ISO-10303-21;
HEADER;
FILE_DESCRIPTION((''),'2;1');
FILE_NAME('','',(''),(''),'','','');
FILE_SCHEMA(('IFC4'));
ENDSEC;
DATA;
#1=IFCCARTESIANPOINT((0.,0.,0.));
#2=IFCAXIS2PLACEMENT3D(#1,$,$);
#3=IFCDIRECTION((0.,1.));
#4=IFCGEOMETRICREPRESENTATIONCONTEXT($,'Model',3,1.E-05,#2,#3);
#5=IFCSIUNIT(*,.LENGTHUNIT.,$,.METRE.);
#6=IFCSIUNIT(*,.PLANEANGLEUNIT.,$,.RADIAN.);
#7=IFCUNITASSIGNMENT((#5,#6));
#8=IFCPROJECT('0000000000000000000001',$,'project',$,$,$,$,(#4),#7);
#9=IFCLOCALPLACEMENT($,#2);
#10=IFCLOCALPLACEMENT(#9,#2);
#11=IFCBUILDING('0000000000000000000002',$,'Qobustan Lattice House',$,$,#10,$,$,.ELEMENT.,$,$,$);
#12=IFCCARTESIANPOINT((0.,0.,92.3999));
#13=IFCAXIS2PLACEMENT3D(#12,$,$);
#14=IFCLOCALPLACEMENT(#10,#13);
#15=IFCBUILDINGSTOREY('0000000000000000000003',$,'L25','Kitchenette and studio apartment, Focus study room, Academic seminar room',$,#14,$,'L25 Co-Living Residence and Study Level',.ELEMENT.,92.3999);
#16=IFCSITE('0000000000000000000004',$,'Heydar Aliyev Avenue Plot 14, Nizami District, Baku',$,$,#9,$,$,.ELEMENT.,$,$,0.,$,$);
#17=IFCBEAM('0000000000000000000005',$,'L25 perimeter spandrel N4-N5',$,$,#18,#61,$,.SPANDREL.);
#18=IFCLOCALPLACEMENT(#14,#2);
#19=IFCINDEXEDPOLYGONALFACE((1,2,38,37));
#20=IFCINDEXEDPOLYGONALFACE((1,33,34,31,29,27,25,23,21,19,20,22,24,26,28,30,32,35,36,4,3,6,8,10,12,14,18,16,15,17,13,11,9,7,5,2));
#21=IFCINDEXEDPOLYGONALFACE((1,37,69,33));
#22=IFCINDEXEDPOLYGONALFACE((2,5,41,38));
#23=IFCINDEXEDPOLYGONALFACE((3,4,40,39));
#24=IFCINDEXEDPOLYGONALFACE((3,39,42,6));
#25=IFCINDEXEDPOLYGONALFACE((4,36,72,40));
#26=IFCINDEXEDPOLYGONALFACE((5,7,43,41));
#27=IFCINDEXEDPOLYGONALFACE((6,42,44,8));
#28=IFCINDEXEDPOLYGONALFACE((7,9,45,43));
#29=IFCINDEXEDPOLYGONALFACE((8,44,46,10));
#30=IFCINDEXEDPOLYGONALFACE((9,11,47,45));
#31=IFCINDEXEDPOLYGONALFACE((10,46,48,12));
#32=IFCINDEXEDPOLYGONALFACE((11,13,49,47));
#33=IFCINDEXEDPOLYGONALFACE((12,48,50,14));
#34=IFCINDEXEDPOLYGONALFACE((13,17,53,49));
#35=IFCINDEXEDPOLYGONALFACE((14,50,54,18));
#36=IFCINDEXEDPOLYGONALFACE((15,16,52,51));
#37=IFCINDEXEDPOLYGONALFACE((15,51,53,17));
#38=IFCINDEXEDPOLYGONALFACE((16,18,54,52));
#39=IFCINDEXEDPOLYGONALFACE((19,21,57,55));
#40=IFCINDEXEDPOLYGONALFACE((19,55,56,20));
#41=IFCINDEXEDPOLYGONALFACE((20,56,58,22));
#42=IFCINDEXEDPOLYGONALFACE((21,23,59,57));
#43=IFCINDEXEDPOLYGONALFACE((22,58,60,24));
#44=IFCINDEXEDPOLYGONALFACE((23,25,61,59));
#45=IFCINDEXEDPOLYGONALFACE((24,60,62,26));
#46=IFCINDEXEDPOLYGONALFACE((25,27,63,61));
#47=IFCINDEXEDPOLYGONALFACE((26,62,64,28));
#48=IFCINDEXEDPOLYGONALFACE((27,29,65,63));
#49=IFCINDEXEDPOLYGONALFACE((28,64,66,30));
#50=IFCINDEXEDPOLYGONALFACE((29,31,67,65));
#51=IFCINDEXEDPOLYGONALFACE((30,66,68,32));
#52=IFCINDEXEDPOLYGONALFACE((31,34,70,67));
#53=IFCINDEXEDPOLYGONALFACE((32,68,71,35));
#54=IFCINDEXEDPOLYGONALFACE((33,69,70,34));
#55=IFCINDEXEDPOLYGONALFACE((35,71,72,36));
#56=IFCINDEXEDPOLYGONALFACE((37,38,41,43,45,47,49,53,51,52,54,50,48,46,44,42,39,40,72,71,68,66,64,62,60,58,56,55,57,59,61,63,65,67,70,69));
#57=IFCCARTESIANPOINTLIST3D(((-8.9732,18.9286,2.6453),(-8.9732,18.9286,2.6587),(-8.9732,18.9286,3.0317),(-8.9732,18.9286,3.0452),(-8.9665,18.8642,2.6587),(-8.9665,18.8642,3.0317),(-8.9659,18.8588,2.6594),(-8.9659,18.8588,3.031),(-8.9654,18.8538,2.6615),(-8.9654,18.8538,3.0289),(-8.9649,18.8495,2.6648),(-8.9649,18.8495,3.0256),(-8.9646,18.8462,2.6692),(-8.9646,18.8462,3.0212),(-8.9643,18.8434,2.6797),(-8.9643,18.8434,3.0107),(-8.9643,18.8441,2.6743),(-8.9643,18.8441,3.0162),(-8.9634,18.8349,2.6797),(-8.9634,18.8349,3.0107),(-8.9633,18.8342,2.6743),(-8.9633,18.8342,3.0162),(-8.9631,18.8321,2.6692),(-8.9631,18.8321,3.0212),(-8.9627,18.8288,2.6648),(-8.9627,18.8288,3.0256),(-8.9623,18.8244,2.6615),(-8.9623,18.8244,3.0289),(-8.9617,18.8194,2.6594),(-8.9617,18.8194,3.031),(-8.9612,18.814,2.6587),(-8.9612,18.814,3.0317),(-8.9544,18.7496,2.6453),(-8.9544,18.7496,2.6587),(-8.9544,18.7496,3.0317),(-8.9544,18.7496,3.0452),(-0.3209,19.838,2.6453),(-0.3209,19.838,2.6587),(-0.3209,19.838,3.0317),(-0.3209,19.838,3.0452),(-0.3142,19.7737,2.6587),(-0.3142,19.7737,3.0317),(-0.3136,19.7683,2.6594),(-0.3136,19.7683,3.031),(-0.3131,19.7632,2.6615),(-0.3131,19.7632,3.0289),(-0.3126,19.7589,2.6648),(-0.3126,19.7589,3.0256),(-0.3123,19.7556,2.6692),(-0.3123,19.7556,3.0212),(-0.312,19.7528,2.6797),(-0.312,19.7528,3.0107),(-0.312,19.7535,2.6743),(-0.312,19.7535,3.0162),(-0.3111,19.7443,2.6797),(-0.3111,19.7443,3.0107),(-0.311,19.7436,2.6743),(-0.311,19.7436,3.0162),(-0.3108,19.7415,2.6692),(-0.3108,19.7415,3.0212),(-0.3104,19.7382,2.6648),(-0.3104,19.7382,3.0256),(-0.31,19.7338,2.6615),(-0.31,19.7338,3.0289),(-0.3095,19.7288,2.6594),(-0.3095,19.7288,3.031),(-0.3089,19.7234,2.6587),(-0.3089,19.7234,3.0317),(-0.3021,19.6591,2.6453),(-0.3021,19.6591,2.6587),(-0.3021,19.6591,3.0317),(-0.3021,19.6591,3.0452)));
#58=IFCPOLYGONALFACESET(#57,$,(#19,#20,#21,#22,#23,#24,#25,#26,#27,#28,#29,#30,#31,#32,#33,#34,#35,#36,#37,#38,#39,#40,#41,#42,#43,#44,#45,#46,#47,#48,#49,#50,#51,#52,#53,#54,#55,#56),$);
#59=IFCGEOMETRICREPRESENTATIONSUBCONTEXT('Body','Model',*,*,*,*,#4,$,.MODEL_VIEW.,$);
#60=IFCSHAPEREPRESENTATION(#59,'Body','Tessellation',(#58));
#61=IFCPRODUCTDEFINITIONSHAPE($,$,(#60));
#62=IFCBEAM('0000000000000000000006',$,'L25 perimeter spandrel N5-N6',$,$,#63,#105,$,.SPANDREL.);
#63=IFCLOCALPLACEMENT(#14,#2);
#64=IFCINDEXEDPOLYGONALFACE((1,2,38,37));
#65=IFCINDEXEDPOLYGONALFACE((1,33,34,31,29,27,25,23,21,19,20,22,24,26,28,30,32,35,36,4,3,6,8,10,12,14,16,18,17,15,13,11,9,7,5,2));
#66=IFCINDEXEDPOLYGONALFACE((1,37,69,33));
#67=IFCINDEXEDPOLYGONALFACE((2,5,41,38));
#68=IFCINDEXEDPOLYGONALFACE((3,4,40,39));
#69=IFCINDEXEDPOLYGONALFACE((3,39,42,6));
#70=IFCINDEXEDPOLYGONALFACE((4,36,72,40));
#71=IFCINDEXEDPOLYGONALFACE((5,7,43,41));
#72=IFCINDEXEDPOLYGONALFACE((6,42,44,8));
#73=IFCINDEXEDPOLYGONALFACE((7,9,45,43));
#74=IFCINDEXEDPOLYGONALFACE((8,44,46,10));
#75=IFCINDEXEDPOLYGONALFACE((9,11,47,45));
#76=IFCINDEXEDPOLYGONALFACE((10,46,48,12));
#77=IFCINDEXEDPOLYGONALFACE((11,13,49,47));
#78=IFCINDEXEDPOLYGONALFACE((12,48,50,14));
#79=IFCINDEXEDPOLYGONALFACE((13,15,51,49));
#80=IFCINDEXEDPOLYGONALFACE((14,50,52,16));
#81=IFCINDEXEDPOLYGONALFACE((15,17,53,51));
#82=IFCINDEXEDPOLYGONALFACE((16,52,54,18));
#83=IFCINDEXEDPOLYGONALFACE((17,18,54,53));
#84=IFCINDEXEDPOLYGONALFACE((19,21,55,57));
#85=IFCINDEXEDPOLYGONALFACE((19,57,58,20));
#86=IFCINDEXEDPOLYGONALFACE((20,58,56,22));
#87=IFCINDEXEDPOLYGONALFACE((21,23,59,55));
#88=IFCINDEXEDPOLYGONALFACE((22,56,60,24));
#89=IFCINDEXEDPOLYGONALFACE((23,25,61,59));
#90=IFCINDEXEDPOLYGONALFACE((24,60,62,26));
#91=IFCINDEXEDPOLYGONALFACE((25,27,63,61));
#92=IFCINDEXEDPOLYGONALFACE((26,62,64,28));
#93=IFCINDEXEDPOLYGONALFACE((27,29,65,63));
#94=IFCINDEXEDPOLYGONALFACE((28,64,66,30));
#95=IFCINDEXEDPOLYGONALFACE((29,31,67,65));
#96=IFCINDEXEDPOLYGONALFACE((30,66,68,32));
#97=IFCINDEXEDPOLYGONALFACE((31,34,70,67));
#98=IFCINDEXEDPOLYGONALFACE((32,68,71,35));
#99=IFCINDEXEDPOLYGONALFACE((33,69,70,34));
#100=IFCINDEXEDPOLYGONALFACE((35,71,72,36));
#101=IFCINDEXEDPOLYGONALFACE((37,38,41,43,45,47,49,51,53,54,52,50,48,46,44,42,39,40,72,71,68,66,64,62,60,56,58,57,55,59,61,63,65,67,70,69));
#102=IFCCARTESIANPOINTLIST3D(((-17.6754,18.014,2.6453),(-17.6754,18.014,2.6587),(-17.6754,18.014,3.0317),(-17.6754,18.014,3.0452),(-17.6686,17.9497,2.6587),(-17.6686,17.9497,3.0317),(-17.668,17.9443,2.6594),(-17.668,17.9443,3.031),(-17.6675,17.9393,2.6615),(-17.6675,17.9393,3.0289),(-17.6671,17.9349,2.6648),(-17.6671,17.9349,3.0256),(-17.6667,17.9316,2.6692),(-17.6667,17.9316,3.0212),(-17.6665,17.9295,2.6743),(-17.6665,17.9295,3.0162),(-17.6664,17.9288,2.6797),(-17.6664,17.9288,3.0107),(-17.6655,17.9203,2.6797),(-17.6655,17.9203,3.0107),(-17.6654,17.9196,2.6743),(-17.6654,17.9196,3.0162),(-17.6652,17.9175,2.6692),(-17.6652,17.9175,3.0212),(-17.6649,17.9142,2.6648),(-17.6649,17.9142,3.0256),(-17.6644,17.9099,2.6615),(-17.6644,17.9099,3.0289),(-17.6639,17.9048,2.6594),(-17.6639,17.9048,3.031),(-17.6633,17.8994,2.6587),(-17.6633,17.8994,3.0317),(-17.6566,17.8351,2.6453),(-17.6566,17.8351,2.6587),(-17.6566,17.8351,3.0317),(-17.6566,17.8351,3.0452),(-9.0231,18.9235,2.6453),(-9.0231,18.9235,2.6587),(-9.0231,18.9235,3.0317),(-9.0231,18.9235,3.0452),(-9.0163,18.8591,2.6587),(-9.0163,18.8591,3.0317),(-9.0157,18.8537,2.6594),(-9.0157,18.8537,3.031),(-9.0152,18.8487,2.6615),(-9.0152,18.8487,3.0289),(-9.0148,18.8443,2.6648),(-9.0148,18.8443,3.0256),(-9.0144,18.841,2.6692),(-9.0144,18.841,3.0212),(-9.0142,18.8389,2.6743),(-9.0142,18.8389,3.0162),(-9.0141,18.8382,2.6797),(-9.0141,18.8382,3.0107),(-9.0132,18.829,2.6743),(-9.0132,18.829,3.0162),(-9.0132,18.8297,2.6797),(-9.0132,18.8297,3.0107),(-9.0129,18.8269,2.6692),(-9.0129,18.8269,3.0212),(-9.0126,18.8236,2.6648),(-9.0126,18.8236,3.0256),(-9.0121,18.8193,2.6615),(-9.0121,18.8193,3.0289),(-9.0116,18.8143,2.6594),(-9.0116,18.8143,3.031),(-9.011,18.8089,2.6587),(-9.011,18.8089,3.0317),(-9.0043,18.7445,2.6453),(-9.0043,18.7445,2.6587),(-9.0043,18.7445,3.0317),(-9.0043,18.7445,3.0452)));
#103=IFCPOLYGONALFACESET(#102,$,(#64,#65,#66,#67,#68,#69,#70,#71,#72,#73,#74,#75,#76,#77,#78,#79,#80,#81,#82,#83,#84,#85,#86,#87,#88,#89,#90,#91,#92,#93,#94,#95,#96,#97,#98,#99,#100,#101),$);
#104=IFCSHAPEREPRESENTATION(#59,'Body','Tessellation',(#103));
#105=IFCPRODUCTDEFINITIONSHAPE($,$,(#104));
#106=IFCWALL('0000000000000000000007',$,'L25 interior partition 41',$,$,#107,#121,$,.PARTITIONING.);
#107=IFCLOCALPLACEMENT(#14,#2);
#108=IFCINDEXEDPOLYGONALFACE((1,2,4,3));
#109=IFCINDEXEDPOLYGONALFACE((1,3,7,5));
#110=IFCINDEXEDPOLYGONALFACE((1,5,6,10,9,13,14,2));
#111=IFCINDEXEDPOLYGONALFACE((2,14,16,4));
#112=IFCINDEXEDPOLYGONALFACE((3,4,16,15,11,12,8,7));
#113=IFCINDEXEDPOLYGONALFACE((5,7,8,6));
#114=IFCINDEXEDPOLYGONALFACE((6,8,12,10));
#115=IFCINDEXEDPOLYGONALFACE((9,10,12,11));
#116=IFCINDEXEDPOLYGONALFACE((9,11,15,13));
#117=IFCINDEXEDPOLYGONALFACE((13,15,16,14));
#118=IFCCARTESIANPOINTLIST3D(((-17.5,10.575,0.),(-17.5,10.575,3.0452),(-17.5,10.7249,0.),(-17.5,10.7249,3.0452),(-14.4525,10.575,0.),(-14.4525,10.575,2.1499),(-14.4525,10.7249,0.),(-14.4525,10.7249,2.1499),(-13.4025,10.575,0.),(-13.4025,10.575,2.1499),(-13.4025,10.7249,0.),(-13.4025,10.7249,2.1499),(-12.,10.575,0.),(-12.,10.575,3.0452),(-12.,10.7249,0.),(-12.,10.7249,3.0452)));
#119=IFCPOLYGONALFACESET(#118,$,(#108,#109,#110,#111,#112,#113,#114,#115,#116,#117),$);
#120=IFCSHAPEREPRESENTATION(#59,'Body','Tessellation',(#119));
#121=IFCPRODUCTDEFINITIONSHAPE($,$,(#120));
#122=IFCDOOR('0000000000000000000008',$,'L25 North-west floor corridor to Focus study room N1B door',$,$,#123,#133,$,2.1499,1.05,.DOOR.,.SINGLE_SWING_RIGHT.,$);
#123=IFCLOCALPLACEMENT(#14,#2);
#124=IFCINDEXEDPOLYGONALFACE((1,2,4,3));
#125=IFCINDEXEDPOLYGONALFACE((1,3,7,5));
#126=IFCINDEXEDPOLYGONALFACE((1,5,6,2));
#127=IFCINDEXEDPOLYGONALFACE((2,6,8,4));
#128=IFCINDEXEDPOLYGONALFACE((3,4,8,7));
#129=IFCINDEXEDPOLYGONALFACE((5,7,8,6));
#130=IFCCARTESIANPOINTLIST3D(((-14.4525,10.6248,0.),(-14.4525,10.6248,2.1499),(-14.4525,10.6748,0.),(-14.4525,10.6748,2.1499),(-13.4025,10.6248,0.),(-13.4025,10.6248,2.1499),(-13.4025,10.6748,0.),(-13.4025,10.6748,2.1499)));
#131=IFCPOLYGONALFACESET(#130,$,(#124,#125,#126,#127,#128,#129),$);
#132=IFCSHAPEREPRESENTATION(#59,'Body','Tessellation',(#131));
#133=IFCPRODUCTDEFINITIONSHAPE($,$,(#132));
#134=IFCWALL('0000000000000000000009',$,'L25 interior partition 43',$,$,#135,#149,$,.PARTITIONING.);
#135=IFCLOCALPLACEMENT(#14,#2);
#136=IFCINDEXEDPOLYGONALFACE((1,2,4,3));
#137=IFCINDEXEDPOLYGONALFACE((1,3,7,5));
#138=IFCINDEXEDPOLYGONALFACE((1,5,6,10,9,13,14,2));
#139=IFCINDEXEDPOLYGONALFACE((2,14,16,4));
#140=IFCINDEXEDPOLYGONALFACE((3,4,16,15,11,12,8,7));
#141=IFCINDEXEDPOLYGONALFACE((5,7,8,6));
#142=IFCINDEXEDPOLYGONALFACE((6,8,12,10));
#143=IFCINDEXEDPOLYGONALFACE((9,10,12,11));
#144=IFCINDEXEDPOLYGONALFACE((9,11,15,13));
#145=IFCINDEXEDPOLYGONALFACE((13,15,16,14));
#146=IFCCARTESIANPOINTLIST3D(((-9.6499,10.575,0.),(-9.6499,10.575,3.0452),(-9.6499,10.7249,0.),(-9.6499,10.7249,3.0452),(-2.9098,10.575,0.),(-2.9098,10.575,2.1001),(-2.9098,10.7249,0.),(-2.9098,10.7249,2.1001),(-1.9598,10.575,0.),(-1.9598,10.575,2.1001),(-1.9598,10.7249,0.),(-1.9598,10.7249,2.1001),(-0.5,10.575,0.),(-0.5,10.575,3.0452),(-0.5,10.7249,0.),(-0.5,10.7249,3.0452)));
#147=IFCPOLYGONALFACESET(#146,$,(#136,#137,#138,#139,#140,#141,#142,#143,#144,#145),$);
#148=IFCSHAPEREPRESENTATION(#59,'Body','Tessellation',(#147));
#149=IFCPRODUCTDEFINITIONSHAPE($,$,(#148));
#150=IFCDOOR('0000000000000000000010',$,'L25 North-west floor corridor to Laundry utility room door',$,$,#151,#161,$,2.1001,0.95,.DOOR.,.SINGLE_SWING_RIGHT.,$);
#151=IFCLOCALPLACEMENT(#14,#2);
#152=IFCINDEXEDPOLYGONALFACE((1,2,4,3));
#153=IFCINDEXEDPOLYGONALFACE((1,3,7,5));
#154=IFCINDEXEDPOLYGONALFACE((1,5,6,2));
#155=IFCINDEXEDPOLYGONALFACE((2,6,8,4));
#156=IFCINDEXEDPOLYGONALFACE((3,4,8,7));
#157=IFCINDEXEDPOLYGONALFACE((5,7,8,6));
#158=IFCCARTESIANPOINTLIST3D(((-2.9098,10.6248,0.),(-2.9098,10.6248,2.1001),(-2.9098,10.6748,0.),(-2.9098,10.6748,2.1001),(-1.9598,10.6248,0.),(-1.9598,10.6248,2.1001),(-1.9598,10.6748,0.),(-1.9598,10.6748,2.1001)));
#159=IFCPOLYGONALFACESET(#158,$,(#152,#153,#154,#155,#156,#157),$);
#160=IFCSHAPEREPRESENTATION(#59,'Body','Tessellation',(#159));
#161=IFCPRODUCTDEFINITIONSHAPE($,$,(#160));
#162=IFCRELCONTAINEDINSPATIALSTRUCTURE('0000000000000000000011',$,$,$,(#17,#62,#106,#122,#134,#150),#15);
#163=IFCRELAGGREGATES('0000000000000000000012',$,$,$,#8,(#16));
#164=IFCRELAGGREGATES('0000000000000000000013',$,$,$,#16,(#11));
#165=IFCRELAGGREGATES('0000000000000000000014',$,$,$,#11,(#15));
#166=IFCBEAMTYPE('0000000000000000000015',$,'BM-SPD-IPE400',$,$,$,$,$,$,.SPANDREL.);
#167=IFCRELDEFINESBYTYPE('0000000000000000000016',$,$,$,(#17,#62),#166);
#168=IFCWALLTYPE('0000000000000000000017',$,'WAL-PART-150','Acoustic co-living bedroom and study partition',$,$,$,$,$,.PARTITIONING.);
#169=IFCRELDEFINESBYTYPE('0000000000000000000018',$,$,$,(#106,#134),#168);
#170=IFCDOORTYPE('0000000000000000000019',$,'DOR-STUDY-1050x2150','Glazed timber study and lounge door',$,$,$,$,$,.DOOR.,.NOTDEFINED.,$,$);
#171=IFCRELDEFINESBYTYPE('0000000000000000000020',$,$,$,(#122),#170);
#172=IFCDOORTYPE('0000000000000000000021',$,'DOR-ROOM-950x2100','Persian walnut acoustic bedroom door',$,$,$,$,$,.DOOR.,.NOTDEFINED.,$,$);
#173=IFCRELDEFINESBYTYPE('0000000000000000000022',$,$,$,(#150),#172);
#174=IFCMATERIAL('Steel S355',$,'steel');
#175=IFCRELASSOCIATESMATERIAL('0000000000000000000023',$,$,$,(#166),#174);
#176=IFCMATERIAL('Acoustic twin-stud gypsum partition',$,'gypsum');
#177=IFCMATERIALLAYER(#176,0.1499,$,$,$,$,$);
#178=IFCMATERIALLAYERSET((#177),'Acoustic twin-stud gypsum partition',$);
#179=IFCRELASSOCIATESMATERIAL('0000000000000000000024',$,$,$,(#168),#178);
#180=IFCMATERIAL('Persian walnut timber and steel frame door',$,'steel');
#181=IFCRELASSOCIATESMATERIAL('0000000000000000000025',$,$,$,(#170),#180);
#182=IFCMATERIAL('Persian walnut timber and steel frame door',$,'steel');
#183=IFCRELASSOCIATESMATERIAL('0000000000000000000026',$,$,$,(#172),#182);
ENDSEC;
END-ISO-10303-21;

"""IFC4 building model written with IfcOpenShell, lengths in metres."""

from ifc_helpers import new_model, si_unit, direction, frame, frame_2d, origin, origin_2d, place, context, subcontext, project, spatial, rectangle, i_section, extrude, material, layer, layer_set, material_profile, profile_set, type_object, element, fill, save


model = new_model("IFC4")

# Units and contexts
model_context = context("Model", 3, precision=1e-05, world=origin(), true_north=direction((0.0, 1.0)))
body_context = subcontext(model_context, "Body", "Model", "MODEL_VIEW")
ifc_project = project(units=[si_unit("LENGTHUNIT", "METRE"), si_unit("PLANEANGLEUNIT", "RADIAN")], contexts=[model_context])

# Site, building, storey
site_placement = place(None, origin())
site = spatial("IfcSite", under=ifc_project, at=site_placement, Name="Heydar Aliyev Avenue Plot 14, Nizami District, Baku", CompositionType="ELEMENT", RefElevation=0.0)
building_placement = place(site_placement, origin())
building = spatial("IfcBuilding", under=site, at=building_placement, Name="Qobustan Lattice House", CompositionType="ELEMENT")
storey_placement = place(building_placement, frame((0.0, 0.0, 92.3999)))
storey = spatial("IfcBuildingStorey", under=building, at=storey_placement, Name="L25", Description="Kitchenette and studio apartment, Focus study room, Academic seminar room", LongName="L25 Co-Living Residence and Study Level", CompositionType="ELEMENT", Elevation=92.3999)

# Beams
ifc_material_1 = material(Name="Steel S355", Category="steel")
ifc_material_profile_1 = material_profile(ifc_material_1, i_section(OverallWidth=0.1799, OverallDepth=0.3999, WebThickness=0.0085, FlangeThickness=0.0134, FilletRadius=0.021, at=origin_2d()), Name="IPE400")
ifc_profile_set_1 = profile_set([ifc_material_profile_1], Name="Steel S355")
beam_type_1 = type_object("IfcBeamType", Name="BM-SPD-IPE400", PredefinedType="SPANDREL", material=ifc_profile_set_1)
for number, where, z_axis, x_axis, name in (
    (1, (-0.3115, 19.7485, 2.8452), (-0.994522, -0.104531, 0.0), (0.104531, -0.994522, 0.0), "L25 perimeter spandrel N4-N5"),
    (2, (-9.0137, 18.834, 2.8452), (-0.994522, -0.104531, 0.0), (0.104531, -0.994522, 0.0), "L25 perimeter spandrel N5-N6"),
):
    element("IfcBeam", number, at=place(storey_placement, frame(where, z_axis=z_axis, x_axis=x_axis)), inside=storey, type_object=beam_type_1, Name=name, PredefinedType="SPANDREL", context=body_context, shape_type="SweptSolid", body=[
        extrude(i_section(OverallWidth=0.1799, OverallDepth=0.3999, WebThickness=0.0085, FlangeThickness=0.0134, FilletRadius=0.021, at=origin_2d()), origin(), (0.0, 0.0, 1.0), 8.7),
    ])

# Walls, openings, doors
ifc_material_2 = material(Name="Acoustic twin-stud gypsum partition", Category="gypsum")
ifc_layer_1 = layer(ifc_material_2, 0.1499)
ifc_layer_set_1 = layer_set([ifc_layer_1], Name="Acoustic twin-stud gypsum partition")
wall_type_1 = type_object("IfcWallType", Name="WAL-PART-150", Description="Acoustic co-living bedroom and study partition", PredefinedType="PARTITIONING", material=ifc_layer_set_1)
wall_1_placement = place(storey_placement, frame((-17.5, 10.6499, 0.0), z_axis=(0.0, 0.0, 1.0), x_axis=(1.0, 0.0, 0.0)))
wall_1 = element("IfcWall", 3, at=wall_1_placement, inside=storey, type_object=wall_type_1, Name="L25 interior partition 41", PredefinedType="PARTITIONING", context=body_context, shape_type="SweptSolid", body=[
    extrude(rectangle(XDim=5.5, YDim=0.1499, at=frame_2d((2.75, 0.0))), origin(), (0.0, 0.0, 1.0), 3.0452),
])
opening_1_placement = place(wall_1_placement, frame((3.0476, 0.0, 0.0)))
opening_1 = element("IfcOpeningElement", 4, at=opening_1_placement, cuts=wall_1, PredefinedType="OPENING", context=body_context, shape_type="SweptSolid", body=[
    extrude(rectangle(XDim=1.05, YDim=2.1499, at=frame_2d((0.5249, 1.075))), frame((0.0, 0.085, 0.0), z_axis=(0.0, -1.0, 0.0), x_axis=(1.0, 0.0, 0.0)), (0.0, 0.0, 1.0), 0.1699),
])
ifc_material_3 = material(Name="Persian walnut timber and steel frame door", Category="steel")
door_type_1 = type_object("IfcDoorType", Name="DOR-STUDY-1050x2150", Description="Glazed timber study and lounge door", OperationType="NOTDEFINED", PredefinedType="DOOR", material=ifc_material_3)
door_1_placement = place(opening_1_placement, origin())
door_1 = element("IfcDoor", 5, at=door_1_placement, inside=storey, type_object=door_type_1, Name="L25 North-west floor corridor to Focus study room N1B door", OperationType="SINGLE_SWING_RIGHT", OverallHeight=2.1499, OverallWidth=1.05, PredefinedType="DOOR", context=body_context, shape_type="SweptSolid", body=[
    extrude(rectangle(XDim=1.05, YDim=2.1499, at=frame_2d((0.5249, 1.075))), frame((0.0, 0.0249, 0.0), z_axis=(0.0, -1.0, 0.0), x_axis=(1.0, 0.0, 0.0)), (0.0, 0.0, 1.0), 0.05),
])
fill(opening_1, door_1)
wall_2_placement = place(storey_placement, frame((-9.6499, 10.6499, 0.0), z_axis=(0.0, 0.0, 1.0), x_axis=(1.0, 0.0, 0.0)))
wall_2 = element("IfcWall", 6, at=wall_2_placement, inside=storey, type_object=wall_type_1, Name="L25 interior partition 43", PredefinedType="PARTITIONING", context=body_context, shape_type="SweptSolid", body=[
    extrude(rectangle(XDim=9.1499, YDim=0.1499, at=frame_2d((4.575, 0.0))), origin(), (0.0, 0.0, 1.0), 3.0452),
])
opening_2_placement = place(wall_2_placement, frame((6.74, 0.0, 0.0)))
opening_2 = element("IfcOpeningElement", 7, at=opening_2_placement, cuts=wall_2, PredefinedType="OPENING", context=body_context, shape_type="SweptSolid", body=[
    extrude(rectangle(XDim=0.95, YDim=2.1001, at=frame_2d((0.4751, 1.05))), frame((0.0, 0.085, 0.0), z_axis=(0.0, -1.0, 0.0), x_axis=(1.0, 0.0, 0.0)), (0.0, 0.0, 1.0), 0.1699),
])
ifc_material_4 = material(Name="Persian walnut timber and steel frame door", Category="steel")
door_type_2 = type_object("IfcDoorType", Name="DOR-ROOM-950x2100", Description="Persian walnut acoustic bedroom door", OperationType="NOTDEFINED", PredefinedType="DOOR", material=ifc_material_4)
door_2_placement = place(opening_2_placement, origin())
door_2 = element("IfcDoor", 8, at=door_2_placement, inside=storey, type_object=door_type_2, Name="L25 North-west floor corridor to Laundry utility room door", OperationType="SINGLE_SWING_RIGHT", OverallHeight=2.1001, OverallWidth=0.95, PredefinedType="DOOR", context=body_context, shape_type="SweptSolid", body=[
    extrude(rectangle(XDim=0.95, YDim=2.1001, at=frame_2d((0.4751, 1.05))), frame((0.0, 0.0249, 0.0), z_axis=(0.0, -1.0, 0.0), x_axis=(1.0, 0.0, 0.0)), (0.0, 0.0, 1.0), 0.05),
])
fill(opening_2, door_2)

save(model, "model.ifc")
